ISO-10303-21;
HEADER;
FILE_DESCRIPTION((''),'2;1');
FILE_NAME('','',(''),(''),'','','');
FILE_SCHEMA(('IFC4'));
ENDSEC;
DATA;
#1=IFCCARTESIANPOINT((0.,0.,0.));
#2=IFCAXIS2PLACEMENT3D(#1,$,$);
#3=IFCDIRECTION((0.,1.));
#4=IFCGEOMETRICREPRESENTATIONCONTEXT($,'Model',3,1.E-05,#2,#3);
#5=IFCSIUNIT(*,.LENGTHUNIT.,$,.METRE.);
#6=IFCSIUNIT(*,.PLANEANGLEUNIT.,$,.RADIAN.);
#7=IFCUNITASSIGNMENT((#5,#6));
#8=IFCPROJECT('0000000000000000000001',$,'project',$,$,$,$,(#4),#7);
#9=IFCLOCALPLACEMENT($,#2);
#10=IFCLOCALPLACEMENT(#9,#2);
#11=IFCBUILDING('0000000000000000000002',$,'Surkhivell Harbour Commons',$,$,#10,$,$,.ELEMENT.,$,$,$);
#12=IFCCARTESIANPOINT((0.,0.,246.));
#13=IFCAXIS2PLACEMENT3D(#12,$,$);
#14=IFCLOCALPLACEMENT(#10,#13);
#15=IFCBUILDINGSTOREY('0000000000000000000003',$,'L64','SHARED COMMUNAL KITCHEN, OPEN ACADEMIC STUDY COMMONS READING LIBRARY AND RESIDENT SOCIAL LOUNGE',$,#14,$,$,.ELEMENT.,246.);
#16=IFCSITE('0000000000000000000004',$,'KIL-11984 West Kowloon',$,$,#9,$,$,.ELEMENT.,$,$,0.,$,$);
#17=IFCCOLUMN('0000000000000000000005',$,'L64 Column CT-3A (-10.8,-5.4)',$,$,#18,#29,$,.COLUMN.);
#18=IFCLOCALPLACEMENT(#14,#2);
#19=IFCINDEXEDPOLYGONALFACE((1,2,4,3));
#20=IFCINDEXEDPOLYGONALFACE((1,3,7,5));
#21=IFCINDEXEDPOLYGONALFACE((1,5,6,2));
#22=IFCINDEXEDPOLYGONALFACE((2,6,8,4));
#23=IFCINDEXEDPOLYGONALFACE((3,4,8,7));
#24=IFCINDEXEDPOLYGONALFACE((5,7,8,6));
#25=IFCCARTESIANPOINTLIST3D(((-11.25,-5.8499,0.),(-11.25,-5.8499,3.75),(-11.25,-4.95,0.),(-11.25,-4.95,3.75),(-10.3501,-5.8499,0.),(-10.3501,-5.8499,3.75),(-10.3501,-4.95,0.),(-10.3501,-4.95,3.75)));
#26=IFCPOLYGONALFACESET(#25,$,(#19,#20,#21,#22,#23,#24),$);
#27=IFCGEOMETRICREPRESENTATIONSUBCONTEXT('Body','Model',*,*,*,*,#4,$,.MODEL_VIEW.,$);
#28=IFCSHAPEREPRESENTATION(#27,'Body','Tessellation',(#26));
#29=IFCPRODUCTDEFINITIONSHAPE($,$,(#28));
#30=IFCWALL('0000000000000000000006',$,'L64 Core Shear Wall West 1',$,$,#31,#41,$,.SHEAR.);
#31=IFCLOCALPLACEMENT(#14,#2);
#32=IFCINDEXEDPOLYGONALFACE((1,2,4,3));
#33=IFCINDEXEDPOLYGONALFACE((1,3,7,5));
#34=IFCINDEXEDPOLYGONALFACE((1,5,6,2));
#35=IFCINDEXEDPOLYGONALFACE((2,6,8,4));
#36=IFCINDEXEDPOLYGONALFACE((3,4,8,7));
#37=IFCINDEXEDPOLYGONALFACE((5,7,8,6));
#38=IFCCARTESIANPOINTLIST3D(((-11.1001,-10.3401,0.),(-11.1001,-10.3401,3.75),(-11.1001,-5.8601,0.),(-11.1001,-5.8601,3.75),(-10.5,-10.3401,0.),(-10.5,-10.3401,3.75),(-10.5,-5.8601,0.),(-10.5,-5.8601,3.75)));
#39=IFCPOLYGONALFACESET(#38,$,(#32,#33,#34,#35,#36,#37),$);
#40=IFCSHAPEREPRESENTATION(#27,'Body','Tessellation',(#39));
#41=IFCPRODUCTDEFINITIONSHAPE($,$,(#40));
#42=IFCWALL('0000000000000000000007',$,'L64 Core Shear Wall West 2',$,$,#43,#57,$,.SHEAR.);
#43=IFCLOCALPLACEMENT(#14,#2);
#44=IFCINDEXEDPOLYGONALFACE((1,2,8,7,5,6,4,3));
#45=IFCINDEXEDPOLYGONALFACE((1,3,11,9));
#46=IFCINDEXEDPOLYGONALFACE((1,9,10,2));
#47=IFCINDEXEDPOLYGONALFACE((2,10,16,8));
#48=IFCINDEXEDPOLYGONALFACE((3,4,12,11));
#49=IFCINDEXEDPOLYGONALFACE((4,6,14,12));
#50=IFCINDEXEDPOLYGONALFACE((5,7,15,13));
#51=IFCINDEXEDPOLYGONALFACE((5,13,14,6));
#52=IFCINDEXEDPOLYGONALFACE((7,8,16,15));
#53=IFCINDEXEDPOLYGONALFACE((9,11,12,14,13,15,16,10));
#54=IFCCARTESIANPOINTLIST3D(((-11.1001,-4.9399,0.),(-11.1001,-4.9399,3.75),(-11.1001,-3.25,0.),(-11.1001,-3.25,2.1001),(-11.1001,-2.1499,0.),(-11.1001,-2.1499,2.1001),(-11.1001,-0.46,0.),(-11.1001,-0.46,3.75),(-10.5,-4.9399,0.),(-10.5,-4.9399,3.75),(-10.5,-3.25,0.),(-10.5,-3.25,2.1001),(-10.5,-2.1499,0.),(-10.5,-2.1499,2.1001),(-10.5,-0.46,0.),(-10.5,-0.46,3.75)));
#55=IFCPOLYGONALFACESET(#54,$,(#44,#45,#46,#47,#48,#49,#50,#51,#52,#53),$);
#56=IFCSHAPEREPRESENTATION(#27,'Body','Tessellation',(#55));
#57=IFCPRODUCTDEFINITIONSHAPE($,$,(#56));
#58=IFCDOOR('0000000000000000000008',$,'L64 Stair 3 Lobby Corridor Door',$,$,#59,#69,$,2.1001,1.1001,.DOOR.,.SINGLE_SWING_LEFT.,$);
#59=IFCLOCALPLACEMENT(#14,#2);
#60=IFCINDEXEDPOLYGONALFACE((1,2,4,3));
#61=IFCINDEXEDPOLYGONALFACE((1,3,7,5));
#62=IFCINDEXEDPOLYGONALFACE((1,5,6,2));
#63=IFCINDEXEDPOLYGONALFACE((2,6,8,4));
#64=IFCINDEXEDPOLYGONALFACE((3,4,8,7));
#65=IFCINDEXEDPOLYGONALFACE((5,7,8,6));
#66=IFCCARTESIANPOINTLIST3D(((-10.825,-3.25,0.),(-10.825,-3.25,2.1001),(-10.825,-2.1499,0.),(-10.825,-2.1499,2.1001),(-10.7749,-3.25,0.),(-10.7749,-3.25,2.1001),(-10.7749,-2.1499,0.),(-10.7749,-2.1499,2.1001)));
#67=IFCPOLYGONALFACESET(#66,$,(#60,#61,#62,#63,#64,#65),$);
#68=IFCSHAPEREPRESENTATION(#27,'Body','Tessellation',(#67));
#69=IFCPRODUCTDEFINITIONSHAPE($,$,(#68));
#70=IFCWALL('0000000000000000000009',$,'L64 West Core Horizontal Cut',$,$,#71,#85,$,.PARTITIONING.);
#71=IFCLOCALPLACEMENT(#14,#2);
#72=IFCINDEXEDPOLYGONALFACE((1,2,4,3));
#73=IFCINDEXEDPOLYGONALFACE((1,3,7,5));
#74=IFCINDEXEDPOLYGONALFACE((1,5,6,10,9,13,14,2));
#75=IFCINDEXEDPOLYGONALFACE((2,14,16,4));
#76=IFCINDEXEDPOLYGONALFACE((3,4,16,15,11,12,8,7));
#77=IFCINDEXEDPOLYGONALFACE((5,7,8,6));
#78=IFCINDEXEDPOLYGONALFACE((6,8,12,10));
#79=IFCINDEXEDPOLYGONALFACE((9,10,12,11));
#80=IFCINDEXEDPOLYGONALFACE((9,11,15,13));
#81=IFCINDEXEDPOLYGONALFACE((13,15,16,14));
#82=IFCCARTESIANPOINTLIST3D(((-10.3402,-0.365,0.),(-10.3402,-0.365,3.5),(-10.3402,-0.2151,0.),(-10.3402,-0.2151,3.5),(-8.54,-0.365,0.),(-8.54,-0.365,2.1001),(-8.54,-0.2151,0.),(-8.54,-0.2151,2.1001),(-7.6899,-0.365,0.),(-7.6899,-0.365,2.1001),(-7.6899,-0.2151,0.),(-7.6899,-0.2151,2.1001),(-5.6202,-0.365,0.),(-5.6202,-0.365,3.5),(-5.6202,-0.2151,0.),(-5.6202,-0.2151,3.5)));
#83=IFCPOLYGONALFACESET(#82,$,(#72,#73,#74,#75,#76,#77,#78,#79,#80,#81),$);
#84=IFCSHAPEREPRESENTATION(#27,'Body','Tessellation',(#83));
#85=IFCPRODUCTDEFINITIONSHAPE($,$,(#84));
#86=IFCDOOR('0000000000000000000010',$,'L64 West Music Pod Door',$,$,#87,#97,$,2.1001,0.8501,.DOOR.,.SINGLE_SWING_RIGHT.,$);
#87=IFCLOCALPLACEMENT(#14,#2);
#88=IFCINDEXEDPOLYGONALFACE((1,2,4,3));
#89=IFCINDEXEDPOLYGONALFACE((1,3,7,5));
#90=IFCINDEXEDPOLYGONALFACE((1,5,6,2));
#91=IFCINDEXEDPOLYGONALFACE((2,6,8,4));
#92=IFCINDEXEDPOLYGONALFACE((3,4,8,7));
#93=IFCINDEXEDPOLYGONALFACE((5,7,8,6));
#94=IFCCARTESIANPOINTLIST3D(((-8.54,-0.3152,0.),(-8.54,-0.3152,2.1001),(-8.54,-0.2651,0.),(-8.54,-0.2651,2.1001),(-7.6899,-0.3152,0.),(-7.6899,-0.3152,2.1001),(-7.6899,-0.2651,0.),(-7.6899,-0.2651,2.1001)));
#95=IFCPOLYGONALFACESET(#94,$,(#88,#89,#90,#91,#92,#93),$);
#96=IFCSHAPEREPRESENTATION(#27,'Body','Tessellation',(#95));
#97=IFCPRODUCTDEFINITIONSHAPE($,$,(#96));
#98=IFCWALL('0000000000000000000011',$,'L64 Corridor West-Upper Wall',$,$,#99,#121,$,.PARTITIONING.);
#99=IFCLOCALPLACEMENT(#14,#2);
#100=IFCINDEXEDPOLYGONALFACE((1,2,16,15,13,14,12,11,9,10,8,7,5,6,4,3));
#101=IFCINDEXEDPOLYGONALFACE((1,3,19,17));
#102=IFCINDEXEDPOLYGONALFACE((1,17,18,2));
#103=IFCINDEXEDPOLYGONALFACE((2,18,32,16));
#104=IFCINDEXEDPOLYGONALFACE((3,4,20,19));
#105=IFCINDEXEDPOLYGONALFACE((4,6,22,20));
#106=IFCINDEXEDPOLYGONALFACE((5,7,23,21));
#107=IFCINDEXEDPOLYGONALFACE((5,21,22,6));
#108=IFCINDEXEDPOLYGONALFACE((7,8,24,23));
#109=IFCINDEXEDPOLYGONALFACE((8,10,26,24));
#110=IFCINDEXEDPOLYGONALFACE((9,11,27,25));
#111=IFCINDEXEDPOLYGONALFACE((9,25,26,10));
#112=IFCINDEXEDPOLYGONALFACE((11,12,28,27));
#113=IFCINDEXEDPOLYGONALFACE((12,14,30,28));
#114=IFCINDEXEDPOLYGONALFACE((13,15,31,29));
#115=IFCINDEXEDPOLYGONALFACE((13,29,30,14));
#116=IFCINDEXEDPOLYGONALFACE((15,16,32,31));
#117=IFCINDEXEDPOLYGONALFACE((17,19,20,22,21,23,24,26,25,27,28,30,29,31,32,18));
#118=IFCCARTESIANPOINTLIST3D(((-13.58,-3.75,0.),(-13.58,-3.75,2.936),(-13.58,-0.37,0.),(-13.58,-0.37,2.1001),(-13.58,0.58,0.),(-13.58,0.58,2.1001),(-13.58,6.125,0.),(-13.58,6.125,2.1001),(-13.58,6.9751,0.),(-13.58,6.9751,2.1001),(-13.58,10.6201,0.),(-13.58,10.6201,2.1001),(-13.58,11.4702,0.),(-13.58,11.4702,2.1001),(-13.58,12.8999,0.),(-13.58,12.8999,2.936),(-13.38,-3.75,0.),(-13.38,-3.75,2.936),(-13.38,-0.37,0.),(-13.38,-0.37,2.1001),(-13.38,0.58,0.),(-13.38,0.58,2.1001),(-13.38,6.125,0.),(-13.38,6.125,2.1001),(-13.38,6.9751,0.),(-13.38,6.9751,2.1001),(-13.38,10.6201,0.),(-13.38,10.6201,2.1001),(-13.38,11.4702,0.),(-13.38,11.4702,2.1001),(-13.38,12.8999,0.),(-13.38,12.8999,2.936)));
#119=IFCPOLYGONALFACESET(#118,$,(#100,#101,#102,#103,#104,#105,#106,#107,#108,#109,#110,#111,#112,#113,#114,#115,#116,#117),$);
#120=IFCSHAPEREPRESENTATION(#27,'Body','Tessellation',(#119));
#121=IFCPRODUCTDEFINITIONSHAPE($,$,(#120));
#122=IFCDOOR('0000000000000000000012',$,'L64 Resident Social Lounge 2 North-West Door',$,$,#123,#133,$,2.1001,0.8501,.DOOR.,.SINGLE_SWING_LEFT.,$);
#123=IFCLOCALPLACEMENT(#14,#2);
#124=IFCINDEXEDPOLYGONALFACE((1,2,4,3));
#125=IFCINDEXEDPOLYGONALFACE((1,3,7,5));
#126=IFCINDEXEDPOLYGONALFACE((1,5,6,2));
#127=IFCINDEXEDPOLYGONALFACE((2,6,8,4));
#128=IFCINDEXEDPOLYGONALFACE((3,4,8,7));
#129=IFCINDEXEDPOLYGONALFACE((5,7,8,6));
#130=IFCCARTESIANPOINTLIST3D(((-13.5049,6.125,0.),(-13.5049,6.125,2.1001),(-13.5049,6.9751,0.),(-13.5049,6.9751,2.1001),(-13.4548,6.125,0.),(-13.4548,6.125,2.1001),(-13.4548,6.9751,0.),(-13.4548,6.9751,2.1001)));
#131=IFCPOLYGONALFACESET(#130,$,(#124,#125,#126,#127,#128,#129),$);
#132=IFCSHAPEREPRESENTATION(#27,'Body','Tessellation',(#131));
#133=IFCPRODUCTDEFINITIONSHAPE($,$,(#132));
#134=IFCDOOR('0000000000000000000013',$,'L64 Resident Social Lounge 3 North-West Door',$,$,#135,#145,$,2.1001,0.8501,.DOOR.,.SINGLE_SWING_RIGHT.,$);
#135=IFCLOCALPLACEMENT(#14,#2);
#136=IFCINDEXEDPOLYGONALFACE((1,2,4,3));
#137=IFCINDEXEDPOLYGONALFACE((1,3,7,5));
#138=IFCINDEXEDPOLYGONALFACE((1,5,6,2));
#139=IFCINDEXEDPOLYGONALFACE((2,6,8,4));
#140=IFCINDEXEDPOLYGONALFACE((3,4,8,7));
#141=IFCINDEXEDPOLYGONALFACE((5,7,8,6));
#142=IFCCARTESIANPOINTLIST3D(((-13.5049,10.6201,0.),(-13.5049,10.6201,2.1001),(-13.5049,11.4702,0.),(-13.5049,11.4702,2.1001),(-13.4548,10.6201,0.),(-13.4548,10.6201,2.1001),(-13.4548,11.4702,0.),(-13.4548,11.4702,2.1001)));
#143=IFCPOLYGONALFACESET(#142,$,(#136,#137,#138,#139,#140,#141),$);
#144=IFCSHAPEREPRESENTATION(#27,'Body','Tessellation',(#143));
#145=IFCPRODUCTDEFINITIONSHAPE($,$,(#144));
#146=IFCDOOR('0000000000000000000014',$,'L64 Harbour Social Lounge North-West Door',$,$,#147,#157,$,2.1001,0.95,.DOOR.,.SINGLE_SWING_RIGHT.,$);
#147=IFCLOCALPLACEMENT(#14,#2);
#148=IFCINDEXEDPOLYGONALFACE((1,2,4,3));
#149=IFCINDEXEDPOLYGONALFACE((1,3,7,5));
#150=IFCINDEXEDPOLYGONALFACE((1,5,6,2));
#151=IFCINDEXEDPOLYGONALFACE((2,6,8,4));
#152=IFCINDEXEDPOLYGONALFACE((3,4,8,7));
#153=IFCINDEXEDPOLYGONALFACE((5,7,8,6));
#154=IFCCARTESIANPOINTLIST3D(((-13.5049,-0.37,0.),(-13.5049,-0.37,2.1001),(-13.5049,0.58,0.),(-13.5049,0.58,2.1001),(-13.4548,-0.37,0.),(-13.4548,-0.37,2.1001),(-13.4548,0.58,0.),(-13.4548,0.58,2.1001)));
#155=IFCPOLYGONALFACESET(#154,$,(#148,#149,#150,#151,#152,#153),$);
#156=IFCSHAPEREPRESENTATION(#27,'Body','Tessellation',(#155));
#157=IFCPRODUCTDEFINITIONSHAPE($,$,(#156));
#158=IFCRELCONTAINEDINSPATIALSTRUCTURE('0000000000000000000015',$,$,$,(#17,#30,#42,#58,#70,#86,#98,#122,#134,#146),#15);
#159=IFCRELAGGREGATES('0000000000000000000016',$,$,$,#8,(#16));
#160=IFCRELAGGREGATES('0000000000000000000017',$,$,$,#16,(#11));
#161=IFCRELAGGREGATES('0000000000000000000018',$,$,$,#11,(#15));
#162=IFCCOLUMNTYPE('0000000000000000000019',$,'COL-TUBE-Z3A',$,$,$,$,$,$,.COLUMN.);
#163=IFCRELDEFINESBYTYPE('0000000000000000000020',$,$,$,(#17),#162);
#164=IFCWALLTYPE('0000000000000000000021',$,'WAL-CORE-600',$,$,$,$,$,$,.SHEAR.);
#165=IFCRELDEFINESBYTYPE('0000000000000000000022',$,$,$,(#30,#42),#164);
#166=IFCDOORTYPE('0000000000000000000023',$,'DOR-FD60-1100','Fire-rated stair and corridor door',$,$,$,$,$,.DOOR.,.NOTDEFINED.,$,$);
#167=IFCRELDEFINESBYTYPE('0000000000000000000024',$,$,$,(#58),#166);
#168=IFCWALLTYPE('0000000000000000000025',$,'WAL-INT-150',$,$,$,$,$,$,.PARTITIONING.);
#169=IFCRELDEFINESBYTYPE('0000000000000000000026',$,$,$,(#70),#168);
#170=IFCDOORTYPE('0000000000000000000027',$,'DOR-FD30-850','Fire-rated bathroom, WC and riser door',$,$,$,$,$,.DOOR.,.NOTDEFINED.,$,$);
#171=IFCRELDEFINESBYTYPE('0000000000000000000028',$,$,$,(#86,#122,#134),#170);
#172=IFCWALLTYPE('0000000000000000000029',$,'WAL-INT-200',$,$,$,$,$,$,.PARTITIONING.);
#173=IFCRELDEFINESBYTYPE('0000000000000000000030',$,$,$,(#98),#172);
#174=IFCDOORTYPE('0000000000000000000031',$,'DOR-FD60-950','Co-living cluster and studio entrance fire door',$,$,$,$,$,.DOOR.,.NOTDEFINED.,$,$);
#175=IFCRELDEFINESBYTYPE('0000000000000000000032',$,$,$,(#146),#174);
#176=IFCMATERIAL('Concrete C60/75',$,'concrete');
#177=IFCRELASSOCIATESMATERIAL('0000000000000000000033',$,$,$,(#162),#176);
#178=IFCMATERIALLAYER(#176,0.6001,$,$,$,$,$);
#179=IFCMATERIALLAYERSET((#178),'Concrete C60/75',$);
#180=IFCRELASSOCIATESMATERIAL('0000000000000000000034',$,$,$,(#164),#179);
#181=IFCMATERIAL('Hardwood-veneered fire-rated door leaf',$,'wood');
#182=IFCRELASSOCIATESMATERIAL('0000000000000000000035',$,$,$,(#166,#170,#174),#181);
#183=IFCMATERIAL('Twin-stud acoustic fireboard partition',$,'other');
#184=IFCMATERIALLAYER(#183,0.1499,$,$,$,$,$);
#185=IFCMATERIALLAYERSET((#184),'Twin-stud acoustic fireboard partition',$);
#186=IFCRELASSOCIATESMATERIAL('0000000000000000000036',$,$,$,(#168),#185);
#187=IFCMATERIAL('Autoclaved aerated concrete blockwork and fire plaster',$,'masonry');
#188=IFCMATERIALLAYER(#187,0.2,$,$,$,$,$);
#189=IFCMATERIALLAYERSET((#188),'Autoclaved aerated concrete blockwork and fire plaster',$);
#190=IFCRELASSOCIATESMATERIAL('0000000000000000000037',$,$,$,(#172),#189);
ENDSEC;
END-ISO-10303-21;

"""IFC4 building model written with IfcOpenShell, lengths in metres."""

from ifc_helpers import new_model, si_unit, direction, frame, frame_2d, origin, origin_2d, place, context, subcontext, project, spatial, rectangle, extrude, material, layer, layer_set, material_profile, profile_set, type_object, element, fill, save


model = new_model("IFC4")

# Units and contexts
model_context = context("Model", 3, precision=1e-05, world=origin(), true_north=direction((0.0, 1.0)))
body_context = subcontext(model_context, "Body", "Model", "MODEL_VIEW")
ifc_project = project(units=[si_unit("LENGTHUNIT", "METRE"), si_unit("PLANEANGLEUNIT", "RADIAN")], contexts=[model_context])

# Site, building, storey
site_placement = place(None, origin())
site = spatial("IfcSite", under=ifc_project, at=site_placement, Name="KIL-11984 West Kowloon", CompositionType="ELEMENT", RefElevation=0.0)
building_placement = place(site_placement, origin())
building = spatial("IfcBuilding", under=site, at=building_placement, Name="Surkhivell Harbour Commons", CompositionType="ELEMENT")
storey_placement = place(building_placement, frame((0.0, 0.0, 246.0)))
storey = spatial("IfcBuildingStorey", under=building, at=storey_placement, Name="L64", Description="SHARED COMMUNAL KITCHEN, OPEN ACADEMIC STUDY COMMONS READING LIBRARY AND RESIDENT SOCIAL LOUNGE", CompositionType="ELEMENT", Elevation=246.0)

# Column
ifc_material_1 = material(Name="Concrete C60/75", Category="concrete")
ifc_material_profile = material_profile(ifc_material_1, rectangle(XDim=0.8999, YDim=0.8999, at=origin_2d()), Name="RC-COL-900x900")
ifc_profile_set = profile_set([ifc_material_profile], Name="Concrete C60/75")
column_type = type_object("IfcColumnType", Name="COL-TUBE-Z3A", PredefinedType="COLUMN", material=ifc_profile_set)
column_placement = place(storey_placement, frame((-10.8, -5.3999, 0.0), z_axis=(0.0, 0.0, 1.0), x_axis=(1.0, 0.0, 0.0)))
element("IfcColumn", 1, at=column_placement, inside=storey, type_object=column_type, Name="L64 Column CT-3A (-10.8,-5.4)", PredefinedType="COLUMN", context=body_context, shape_type="SweptSolid", body=[
    extrude(rectangle(XDim=0.8999, YDim=0.8999, at=origin_2d()), origin(), (0.0, 0.0, 1.0), 3.75),
])

# Wall
ifc_layer_1 = layer(ifc_material_1, 0.6001)
ifc_layer_set_1 = layer_set([ifc_layer_1], Name="Concrete C60/75")
wall_type_1 = type_object("IfcWallType", Name="WAL-CORE-600", PredefinedType="SHEAR", material=ifc_layer_set_1)
wall_1_placement = place(storey_placement, frame((-10.8, -10.3401, 0.0), z_axis=(0.0, 0.0, 1.0), x_axis=(0.0, 1.0, 0.0)))
element("IfcWall", 2, at=wall_1_placement, inside=storey, type_object=wall_type_1, Name="L64 Core Shear Wall West 1", PredefinedType="SHEAR", context=body_context, shape_type="SweptSolid", body=[
    extrude(rectangle(XDim=4.48, YDim=0.6001, at=frame_2d((2.24, 0.0))), origin(), (0.0, 0.0, 1.0), 3.75),
])

# Walls, openings, doors
wall_2_placement = place(storey_placement, frame((-10.8, -4.9399, 0.0), z_axis=(0.0, 0.0, 1.0), x_axis=(0.0, 1.0, 0.0)))
wall_2 = element("IfcWall", 3, at=wall_2_placement, inside=storey, type_object=wall_type_1, Name="L64 Core Shear Wall West 2", PredefinedType="SHEAR", context=body_context, shape_type="SweptSolid", body=[
    extrude(rectangle(XDim=4.48, YDim=0.6001, at=frame_2d((2.24, 0.0))), origin(), (0.0, 0.0, 1.0), 3.75),
])
opening_1_placement = place(wall_2_placement, frame((1.6899, 0.0, 0.0)))
opening_1 = element("IfcOpeningElement", 4, at=opening_1_placement, cuts=wall_2, PredefinedType="OPENING", context=body_context, shape_type="SweptSolid", body=[
    extrude(rectangle(XDim=1.1001, YDim=2.1001, at=frame_2d((0.55, 1.05))), frame((0.0, 0.3101, 0.0), z_axis=(0.0, -1.0, 0.0), x_axis=(1.0, 0.0, 0.0)), (0.0, 0.0, 1.0), 0.6201),
])
ifc_material_2 = material(Name="Hardwood-veneered fire-rated door leaf", Category="wood")
door_type_1 = type_object("IfcDoorType", Name="DOR-FD60-1100", Description="Fire-rated stair and corridor door", OperationType="NOTDEFINED", PredefinedType="DOOR", material=ifc_material_2)
door_1_placement = place(opening_1_placement, origin())
door_1 = element("IfcDoor", 5, at=door_1_placement, inside=storey, type_object=door_type_1, Name="L64 Stair 3 Lobby Corridor Door", OperationType="SINGLE_SWING_LEFT", OverallHeight=2.1001, OverallWidth=1.1001, PredefinedType="DOOR", context=body_context, shape_type="SweptSolid", body=[
    extrude(rectangle(XDim=1.1001, YDim=2.1001, at=frame_2d((0.55, 1.05))), frame((0.0, 0.0249, 0.0), z_axis=(0.0, -1.0, 0.0), x_axis=(1.0, 0.0, 0.0)), (0.0, 0.0, 1.0), 0.05),
])
fill(opening_1, door_1)
ifc_material_3 = material(Name="Twin-stud acoustic fireboard partition", Category="other")
ifc_layer_2 = layer(ifc_material_3, 0.1499)
ifc_layer_set_2 = layer_set([ifc_layer_2], Name="Twin-stud acoustic fireboard partition")
wall_type_2 = type_object("IfcWallType", Name="WAL-INT-150", PredefinedType="PARTITIONING", material=ifc_layer_set_2)
wall_3_placement = place(storey_placement, frame((-10.3401, -0.29, 0.0), z_axis=(0.0, 0.0, 1.0), x_axis=(1.0, 0.0, 0.0)))
wall_3 = element("IfcWall", 6, at=wall_3_placement, inside=storey, type_object=wall_type_2, Name="L64 West Core Horizontal Cut", PredefinedType="PARTITIONING", context=body_context, shape_type="SweptSolid", body=[
    extrude(rectangle(XDim=4.72, YDim=0.1499, at=frame_2d((2.3599, 0.0))), origin(), (0.0, 0.0, 1.0), 3.5),
])
opening_2_placement = place(wall_3_placement, frame((1.8, 0.0, 0.0)))
opening_2 = element("IfcOpeningElement", 7, at=opening_2_placement, cuts=wall_3, PredefinedType="OPENING", context=body_context, shape_type="SweptSolid", body=[
    extrude(rectangle(XDim=0.8501, YDim=2.1001, at=frame_2d((0.425, 1.05))), frame((0.0, 0.085, 0.0), z_axis=(0.0, -1.0, 0.0), x_axis=(1.0, 0.0, 0.0)), (0.0, 0.0, 1.0), 0.1699),
])
door_type_2 = type_object("IfcDoorType", Name="DOR-FD30-850", Description="Fire-rated bathroom, WC and riser door", OperationType="NOTDEFINED", PredefinedType="DOOR", material=ifc_material_2)
door_2_placement = place(opening_2_placement, origin())
door_2 = element("IfcDoor", 8, at=door_2_placement, inside=storey, type_object=door_type_2, Name="L64 West Music Pod Door", OperationType="SINGLE_SWING_RIGHT", OverallHeight=2.1001, OverallWidth=0.8501, PredefinedType="DOOR", context=body_context, shape_type="SweptSolid", body=[
    extrude(rectangle(XDim=0.8501, YDim=2.1001, at=frame_2d((0.425, 1.05))), frame((0.0, 0.0249, 0.0), z_axis=(0.0, -1.0, 0.0), x_axis=(1.0, 0.0, 0.0)), (0.0, 0.0, 1.0), 0.05),
])
fill(opening_2, door_2)

# Wall, openings, doors
ifc_material_4 = material(Name="Autoclaved aerated concrete blockwork and fire plaster", Category="masonry")
ifc_layer_3 = layer(ifc_material_4, 0.2)
ifc_layer_set_3 = layer_set([ifc_layer_3], Name="Autoclaved aerated concrete blockwork and fire plaster")
wall_type_3 = type_object("IfcWallType", Name="WAL-INT-200", PredefinedType="PARTITIONING", material=ifc_layer_set_3)
wall_4_placement = place(storey_placement, frame((-13.48, -3.75, 0.0), z_axis=(0.0, 0.0, 1.0), x_axis=(0.0, 1.0, 0.0)))
wall_4 = element("IfcWall", 9, at=wall_4_placement, inside=storey, type_object=wall_type_3, Name="L64 Corridor West-Upper Wall", PredefinedType="PARTITIONING", context=body_context, shape_type="SweptSolid", body=[
    extrude(rectangle(XDim=16.6499, YDim=0.2, at=frame_2d((8.325, 0.0))), origin(), (0.0, 0.0, 1.0), 2.936),
])
opening_3_placement = place(wall_4_placement, frame((3.3799, 0.0, 0.0)))
opening_3 = element("IfcOpeningElement", 10, at=opening_3_placement, cuts=wall_4, PredefinedType="OPENING", context=body_context, shape_type="SweptSolid", body=[
    extrude(rectangle(XDim=0.95, YDim=2.1001, at=frame_2d((0.4751, 1.05))), frame((0.0, 0.1099, 0.0), z_axis=(0.0, -1.0, 0.0), x_axis=(1.0, 0.0, 0.0)), (0.0, 0.0, 1.0), 0.22),
])
opening_4_placement = place(wall_4_placement, frame((9.875, 0.0, 0.0)))
opening_4 = element("IfcOpeningElement", 11, at=opening_4_placement, cuts=wall_4, PredefinedType="OPENING", context=body_context, shape_type="SweptSolid", body=[
    extrude(rectangle(XDim=0.8501, YDim=2.1001, at=frame_2d((0.425, 1.05))), frame((0.0, 0.1099, 0.0), z_axis=(0.0, -1.0, 0.0), x_axis=(1.0, 0.0, 0.0)), (0.0, 0.0, 1.0), 0.22),
])
opening_5_placement = place(wall_4_placement, frame((14.3701, 0.0, 0.0)))
opening_5 = element("IfcOpeningElement", 12, at=opening_5_placement, cuts=wall_4, PredefinedType="OPENING", context=body_context, shape_type="SweptSolid", body=[
    extrude(rectangle(XDim=0.8501, YDim=2.1001, at=frame_2d((0.425, 1.05))), frame((0.0, 0.1099, 0.0), z_axis=(0.0, -1.0, 0.0), x_axis=(1.0, 0.0, 0.0)), (0.0, 0.0, 1.0), 0.22),
])
door_3_placement = place(opening_4_placement, origin())
door_3 = element("IfcDoor", 13, at=door_3_placement, inside=storey, type_object=door_type_2, Name="L64 Resident Social Lounge 2 North-West Door", OperationType="SINGLE_SWING_LEFT", OverallHeight=2.1001, OverallWidth=0.8501, PredefinedType="DOOR", context=body_context, shape_type="SweptSolid", body=[
    extrude(rectangle(XDim=0.8501, YDim=2.1001, at=frame_2d((0.425, 1.05))), frame((0.0, 0.0249, 0.0), z_axis=(0.0, -1.0, 0.0), x_axis=(1.0, 0.0, 0.0)), (0.0, 0.0, 1.0), 0.05),
])
fill(opening_4, door_3)
door_4_placement = place(opening_5_placement, origin())
door_4 = element("IfcDoor", 14, at=door_4_placement, inside=storey, type_object=door_type_2, Name="L64 Resident Social Lounge 3 North-West Door", OperationType="SINGLE_SWING_RIGHT", OverallHeight=2.1001, OverallWidth=0.8501, PredefinedType="DOOR", context=body_context, shape_type="SweptSolid", body=[
    extrude(rectangle(XDim=0.8501, YDim=2.1001, at=frame_2d((0.425, 1.05))), frame((0.0, 0.0249, 0.0), z_axis=(0.0, -1.0, 0.0), x_axis=(1.0, 0.0, 0.0)), (0.0, 0.0, 1.0), 0.05),
])
fill(opening_5, door_4)
door_type_3 = type_object("IfcDoorType", Name="DOR-FD60-950", Description="Co-living cluster and studio entrance fire door", OperationType="NOTDEFINED", PredefinedType="DOOR", material=ifc_material_2)
door_5_placement = place(opening_3_placement, origin())
door_5 = element("IfcDoor", 15, at=door_5_placement, inside=storey, type_object=door_type_3, Name="L64 Harbour Social Lounge North-West Door", OperationType="SINGLE_SWING_RIGHT", OverallHeight=2.1001, OverallWidth=0.95, PredefinedType="DOOR", context=body_context, shape_type="SweptSolid", body=[
    extrude(rectangle(XDim=0.95, YDim=2.1001, at=frame_2d((0.4751, 1.05))), frame((0.0, 0.0249, 0.0), z_axis=(0.0, -1.0, 0.0), x_axis=(1.0, 0.0, 0.0)), (0.0, 0.0, 1.0), 0.05),
])
fill(opening_3, door_5)

save(model, "model.ifc")
